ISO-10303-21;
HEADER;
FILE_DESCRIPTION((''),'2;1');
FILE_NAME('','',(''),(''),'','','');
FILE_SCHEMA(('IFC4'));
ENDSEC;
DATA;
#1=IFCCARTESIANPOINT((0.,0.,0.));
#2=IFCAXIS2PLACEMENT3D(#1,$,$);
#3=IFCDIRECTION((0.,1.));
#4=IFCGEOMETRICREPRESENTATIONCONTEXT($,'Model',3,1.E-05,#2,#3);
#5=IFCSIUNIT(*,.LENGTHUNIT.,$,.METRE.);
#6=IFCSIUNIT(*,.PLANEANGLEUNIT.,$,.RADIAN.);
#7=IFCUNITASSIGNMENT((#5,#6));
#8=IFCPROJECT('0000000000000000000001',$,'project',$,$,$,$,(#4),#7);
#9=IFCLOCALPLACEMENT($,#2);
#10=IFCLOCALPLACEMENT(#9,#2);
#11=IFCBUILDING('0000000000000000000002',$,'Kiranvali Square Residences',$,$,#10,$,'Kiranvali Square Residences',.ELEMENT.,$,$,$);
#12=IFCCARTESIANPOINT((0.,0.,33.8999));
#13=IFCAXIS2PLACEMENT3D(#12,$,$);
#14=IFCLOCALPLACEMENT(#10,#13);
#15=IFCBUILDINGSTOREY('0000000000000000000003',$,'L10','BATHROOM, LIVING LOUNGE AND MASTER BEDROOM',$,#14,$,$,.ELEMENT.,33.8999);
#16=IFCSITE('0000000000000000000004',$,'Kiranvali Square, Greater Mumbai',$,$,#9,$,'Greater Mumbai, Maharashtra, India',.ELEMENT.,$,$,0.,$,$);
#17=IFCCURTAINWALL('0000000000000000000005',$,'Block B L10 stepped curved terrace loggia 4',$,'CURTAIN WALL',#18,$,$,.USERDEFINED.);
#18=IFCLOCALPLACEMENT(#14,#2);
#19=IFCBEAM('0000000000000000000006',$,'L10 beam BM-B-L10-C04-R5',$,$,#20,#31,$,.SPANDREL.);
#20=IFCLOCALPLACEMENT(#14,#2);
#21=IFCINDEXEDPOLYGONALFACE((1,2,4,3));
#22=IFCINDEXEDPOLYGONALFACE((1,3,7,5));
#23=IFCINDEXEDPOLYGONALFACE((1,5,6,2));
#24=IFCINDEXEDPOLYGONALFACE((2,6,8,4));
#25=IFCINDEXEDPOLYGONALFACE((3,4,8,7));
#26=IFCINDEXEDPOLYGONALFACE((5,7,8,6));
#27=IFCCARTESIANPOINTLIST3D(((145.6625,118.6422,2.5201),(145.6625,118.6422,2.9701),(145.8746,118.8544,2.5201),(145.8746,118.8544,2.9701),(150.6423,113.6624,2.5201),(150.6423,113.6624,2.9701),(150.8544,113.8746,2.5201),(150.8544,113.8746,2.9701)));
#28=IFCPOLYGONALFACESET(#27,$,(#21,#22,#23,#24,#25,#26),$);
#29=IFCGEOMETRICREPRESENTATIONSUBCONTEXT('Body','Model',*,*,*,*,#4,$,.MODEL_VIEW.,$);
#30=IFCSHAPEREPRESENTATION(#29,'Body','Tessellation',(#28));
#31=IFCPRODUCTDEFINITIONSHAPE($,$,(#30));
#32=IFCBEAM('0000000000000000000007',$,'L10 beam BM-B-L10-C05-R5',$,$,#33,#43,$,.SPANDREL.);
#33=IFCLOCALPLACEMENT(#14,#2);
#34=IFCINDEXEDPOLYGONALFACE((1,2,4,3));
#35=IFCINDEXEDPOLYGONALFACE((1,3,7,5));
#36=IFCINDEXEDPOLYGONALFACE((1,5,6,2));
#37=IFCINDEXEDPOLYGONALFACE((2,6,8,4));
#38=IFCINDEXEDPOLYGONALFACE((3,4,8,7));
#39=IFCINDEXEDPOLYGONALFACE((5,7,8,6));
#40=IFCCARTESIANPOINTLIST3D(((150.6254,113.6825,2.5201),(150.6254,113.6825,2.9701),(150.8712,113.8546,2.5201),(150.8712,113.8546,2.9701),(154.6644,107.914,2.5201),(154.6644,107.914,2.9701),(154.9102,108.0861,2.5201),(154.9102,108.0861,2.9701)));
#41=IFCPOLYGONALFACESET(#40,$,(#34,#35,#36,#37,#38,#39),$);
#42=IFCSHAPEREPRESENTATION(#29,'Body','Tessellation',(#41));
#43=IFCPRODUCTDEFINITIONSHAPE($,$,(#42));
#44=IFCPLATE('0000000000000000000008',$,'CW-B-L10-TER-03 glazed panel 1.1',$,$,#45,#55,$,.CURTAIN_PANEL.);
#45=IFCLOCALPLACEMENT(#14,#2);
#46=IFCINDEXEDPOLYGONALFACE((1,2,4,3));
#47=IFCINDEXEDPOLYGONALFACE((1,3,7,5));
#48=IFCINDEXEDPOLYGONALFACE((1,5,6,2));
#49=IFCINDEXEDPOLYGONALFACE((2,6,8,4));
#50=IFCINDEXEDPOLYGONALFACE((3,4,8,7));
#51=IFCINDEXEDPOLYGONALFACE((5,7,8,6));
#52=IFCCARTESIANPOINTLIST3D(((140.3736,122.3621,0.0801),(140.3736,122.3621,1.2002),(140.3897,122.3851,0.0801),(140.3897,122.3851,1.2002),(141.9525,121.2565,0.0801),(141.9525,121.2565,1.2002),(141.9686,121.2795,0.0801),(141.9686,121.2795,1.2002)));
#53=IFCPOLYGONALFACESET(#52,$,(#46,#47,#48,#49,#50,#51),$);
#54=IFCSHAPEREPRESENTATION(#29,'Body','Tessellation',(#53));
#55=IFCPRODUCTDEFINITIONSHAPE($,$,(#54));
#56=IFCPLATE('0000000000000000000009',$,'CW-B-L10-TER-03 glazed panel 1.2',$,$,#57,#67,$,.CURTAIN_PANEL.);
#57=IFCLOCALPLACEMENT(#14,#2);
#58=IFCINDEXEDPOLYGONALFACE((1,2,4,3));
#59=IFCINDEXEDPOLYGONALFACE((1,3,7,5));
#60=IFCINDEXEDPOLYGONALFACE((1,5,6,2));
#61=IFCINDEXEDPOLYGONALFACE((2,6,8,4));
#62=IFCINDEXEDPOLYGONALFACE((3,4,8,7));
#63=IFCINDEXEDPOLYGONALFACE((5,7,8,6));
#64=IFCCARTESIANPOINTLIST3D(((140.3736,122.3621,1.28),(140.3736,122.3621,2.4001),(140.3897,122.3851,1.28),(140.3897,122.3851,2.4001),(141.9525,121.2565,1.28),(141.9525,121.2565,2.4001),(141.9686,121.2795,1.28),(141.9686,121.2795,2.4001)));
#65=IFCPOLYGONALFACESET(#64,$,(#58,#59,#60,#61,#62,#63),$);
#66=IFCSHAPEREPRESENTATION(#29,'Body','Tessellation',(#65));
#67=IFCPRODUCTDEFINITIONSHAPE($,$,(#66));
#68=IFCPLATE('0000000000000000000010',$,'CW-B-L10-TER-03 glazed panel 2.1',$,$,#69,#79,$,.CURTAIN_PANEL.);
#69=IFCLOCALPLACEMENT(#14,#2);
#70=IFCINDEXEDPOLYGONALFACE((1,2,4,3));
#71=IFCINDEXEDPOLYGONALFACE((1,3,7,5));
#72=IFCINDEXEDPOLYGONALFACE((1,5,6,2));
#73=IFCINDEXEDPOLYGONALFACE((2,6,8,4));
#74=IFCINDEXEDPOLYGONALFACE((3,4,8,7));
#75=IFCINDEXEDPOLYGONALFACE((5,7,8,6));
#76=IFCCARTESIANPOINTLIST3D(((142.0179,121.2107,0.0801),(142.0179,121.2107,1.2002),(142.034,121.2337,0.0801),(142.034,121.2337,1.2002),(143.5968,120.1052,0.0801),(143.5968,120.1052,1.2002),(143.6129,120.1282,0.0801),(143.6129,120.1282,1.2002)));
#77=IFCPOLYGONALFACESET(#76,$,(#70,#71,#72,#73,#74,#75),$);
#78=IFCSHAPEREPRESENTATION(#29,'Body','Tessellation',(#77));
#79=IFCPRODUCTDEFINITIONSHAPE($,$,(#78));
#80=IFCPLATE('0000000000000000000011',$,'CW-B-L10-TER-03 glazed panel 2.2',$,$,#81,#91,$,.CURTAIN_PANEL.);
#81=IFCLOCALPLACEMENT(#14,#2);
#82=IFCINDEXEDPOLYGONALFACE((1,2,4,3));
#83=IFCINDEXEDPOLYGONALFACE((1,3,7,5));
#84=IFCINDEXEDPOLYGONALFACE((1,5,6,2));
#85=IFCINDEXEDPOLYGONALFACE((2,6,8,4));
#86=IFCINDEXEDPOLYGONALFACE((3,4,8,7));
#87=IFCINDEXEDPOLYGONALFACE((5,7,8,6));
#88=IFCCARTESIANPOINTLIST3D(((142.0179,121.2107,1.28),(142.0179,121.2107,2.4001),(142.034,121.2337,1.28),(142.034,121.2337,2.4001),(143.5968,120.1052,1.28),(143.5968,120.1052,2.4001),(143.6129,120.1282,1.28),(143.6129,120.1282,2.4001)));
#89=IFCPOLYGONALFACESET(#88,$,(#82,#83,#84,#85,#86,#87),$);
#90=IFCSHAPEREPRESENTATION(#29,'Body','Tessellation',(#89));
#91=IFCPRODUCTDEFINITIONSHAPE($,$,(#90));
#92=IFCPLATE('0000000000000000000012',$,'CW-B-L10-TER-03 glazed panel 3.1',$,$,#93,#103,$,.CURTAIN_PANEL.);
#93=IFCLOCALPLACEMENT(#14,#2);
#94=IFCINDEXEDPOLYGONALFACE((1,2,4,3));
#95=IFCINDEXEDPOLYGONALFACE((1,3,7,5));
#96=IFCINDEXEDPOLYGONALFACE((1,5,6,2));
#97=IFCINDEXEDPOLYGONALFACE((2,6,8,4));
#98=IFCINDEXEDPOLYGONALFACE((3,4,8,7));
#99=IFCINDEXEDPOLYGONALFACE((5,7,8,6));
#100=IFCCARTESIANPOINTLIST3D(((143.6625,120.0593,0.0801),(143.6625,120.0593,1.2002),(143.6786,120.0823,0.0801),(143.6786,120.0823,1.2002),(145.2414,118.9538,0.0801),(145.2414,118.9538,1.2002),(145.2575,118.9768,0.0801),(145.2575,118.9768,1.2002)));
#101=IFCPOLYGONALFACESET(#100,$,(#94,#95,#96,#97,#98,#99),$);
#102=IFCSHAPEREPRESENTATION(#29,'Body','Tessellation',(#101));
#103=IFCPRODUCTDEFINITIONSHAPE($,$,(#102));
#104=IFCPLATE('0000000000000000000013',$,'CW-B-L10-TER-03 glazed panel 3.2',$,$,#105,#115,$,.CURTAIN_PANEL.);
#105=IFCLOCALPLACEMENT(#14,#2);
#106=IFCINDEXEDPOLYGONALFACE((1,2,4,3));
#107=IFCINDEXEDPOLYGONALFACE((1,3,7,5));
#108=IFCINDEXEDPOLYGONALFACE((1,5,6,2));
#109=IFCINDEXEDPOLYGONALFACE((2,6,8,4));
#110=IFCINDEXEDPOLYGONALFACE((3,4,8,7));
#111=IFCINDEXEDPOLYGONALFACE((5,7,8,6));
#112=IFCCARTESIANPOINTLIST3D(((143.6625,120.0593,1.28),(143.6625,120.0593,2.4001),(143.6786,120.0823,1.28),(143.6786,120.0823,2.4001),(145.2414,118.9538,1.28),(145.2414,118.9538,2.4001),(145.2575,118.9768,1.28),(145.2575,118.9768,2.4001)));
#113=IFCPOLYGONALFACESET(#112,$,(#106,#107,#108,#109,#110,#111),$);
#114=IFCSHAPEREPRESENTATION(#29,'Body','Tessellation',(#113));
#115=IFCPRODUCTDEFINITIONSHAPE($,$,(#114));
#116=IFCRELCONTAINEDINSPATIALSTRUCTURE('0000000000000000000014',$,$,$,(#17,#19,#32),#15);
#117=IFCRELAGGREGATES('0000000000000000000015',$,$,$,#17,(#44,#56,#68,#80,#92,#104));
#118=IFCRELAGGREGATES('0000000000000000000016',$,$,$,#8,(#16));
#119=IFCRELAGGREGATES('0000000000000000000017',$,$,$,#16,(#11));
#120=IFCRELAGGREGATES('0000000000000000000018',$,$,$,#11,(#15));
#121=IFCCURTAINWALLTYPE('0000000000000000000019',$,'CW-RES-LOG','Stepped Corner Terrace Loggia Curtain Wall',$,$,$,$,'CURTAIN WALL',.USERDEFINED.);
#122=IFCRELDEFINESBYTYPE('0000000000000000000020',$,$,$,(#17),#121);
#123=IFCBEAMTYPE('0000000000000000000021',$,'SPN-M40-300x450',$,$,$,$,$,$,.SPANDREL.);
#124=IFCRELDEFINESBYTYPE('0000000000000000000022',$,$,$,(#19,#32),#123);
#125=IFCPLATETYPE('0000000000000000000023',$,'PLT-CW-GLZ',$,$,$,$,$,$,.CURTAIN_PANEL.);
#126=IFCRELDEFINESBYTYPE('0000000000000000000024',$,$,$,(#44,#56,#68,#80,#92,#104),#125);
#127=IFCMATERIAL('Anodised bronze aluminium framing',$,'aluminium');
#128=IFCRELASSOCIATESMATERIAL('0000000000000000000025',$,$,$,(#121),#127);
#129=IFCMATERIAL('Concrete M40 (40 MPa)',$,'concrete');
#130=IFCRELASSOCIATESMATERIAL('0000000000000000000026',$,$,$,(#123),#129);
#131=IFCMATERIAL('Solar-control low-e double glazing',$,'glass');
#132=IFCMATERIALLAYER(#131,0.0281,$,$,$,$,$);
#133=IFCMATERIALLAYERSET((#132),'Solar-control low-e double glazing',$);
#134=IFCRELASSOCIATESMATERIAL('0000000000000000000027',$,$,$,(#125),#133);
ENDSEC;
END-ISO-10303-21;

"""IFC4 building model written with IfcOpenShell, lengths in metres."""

from ifc_helpers import new_model, si_unit, direction, frame, origin, origin_2d, place, context, subcontext, project, spatial, rectangle, extrude, material, layer, layer_set, material_profile, profile_set, type_object, element, aggregate, save


model = new_model("IFC4")

# Units and contexts
model_context = context("Model", 3, precision=1e-05, world=origin(), true_north=direction((0.0, 1.0)))
body_context = subcontext(model_context, "Body", "Model", "MODEL_VIEW")
ifc_project = project(units=[si_unit("LENGTHUNIT", "METRE"), si_unit("PLANEANGLEUNIT", "RADIAN")], contexts=[model_context])

# Site, building, storey
site_placement = place(None, origin())
site = spatial("IfcSite", under=ifc_project, at=site_placement, Name="Kiranvali Square, Greater Mumbai", LongName="Greater Mumbai, Maharashtra, India", CompositionType="ELEMENT", RefElevation=0.0)
building_placement = place(site_placement, origin())
building = spatial("IfcBuilding", under=site, at=building_placement, Name="Kiranvali Square Residences", LongName="Kiranvali Square Residences", CompositionType="ELEMENT")
storey_placement = place(building_placement, frame((0.0, 0.0, 33.8999)))
storey = spatial("IfcBuildingStorey", under=building, at=storey_placement, Name="L10", Description="BATHROOM, LIVING LOUNGE AND MASTER BEDROOM", CompositionType="ELEMENT", Elevation=33.8999)

# Shared definitions
ifc_material_1 = material(Name="Concrete M40 (40 MPa)", Category="concrete")

# Curtain wall
ifc_material_2 = material(Name="Anodised bronze aluminium framing", Category="aluminium")
curtain_wall_type = type_object("IfcCurtainWallType", Name="CW-RES-LOG", Description="Stepped Corner Terrace Loggia Curtain Wall", ElementType="CURTAIN WALL", PredefinedType="USERDEFINED", material=ifc_material_2)
curtain_wall_1_placement = place(storey_placement, origin())
curtain_wall_1 = element("IfcCurtainWall", 1, at=curtain_wall_1_placement, inside=storey, type_object=curtain_wall_type, Name="Block B L10 stepped curved terrace loggia 4", ObjectType="CURTAIN WALL", PredefinedType="USERDEFINED")

# Beams
ifc_material_profile_1 = material_profile(ifc_material_1, rectangle(XDim=0.3, YDim=0.45, at=origin_2d()), Name="RC 300x450")
ifc_profile_set_1 = profile_set([ifc_material_profile_1], Name="Concrete M40 (40 MPa)")
beam_type_1 = type_object("IfcBeamType", Name="SPN-M40-300x450", PredefinedType="SPANDREL", material=ifc_profile_set_1)
beam_1_placement = place(storey_placement, frame((145.7686, 118.7483, 2.7451), z_axis=(0.707107, -0.707107, 0.0), x_axis=(0.707107, 0.707107, 0.0)))
element("IfcBeam", 2, at=beam_1_placement, inside=storey, type_object=beam_type_1, Name="L10 beam BM-B-L10-C04-R5", PredefinedType="SPANDREL", context=body_context, shape_type="SweptSolid", body=[
    extrude(rectangle(XDim=0.3, YDim=0.45, at=origin_2d()), origin(), (0.0, 0.0, 1.0), 7.0425),
])
beam_2_placement = place(storey_placement, frame((150.7483, 113.7686, 2.7451), z_axis=(0.573565, -0.81916, 0.0), x_axis=(0.81916, 0.573565, 0.0)))
element("IfcBeam", 3, at=beam_2_placement, inside=storey, type_object=beam_type_1, Name="L10 beam BM-B-L10-C05-R5", PredefinedType="SPANDREL", context=body_context, shape_type="SweptSolid", body=[
    extrude(rectangle(XDim=0.3, YDim=0.45, at=origin_2d()), origin(), (0.0, 0.0, 1.0), 7.042),
])

# Plates
ifc_material_3 = material(Name="Solar-control low-e double glazing", Category="glass")
ifc_layer_1 = layer(ifc_material_3, 0.0281)
ifc_layer_set_1 = layer_set([ifc_layer_1], Name="Solar-control low-e double glazing")
plate_type = type_object("IfcPlateType", Name="PLT-CW-GLZ", PredefinedType="CURTAIN_PANEL", material=ifc_layer_set_1)
plate_1_placement = place(storey_placement, frame((141.1711, 121.8208, 0.0801), z_axis=(0.0, 0.0, 1.0), x_axis=(0.819152, -0.573576, 0.0)))
plate_1 = element("IfcPlate", 4, at=plate_1_placement, type_object=plate_type, Name="CW-B-L10-TER-03 glazed panel 1.1", PredefinedType="CURTAIN_PANEL", context=body_context, shape_type="SweptSolid", body=[
    extrude(rectangle(XDim=1.9275, YDim=0.0281, at=origin_2d()), origin(), (0.0, 0.0, 1.0), 1.1201),
])
plate_2_placement = place(storey_placement, frame((141.1711, 121.8208, 1.28), z_axis=(0.0, 0.0, 1.0), x_axis=(0.819152, -0.573576, 0.0)))
plate_2 = element("IfcPlate", 5, at=plate_2_placement, type_object=plate_type, Name="CW-B-L10-TER-03 glazed panel 1.2", PredefinedType="CURTAIN_PANEL", context=body_context, shape_type="SweptSolid", body=[
    extrude(rectangle(XDim=1.9275, YDim=0.0281, at=origin_2d()), origin(), (0.0, 0.0, 1.0), 1.1201),
])
plate_3_placement = place(storey_placement, frame((142.8154, 120.6694, 0.0801), z_axis=(0.0, 0.0, 1.0), x_axis=(0.819152, -0.573576, 0.0)))
plate_3 = element("IfcPlate", 6, at=plate_3_placement, type_object=plate_type, Name="CW-B-L10-TER-03 glazed panel 2.1", PredefinedType="CURTAIN_PANEL", context=body_context, shape_type="SweptSolid", body=[
    extrude(rectangle(XDim=1.9275, YDim=0.0281, at=origin_2d()), origin(), (0.0, 0.0, 1.0), 1.1201),
])
plate_4_placement = place(storey_placement, frame((142.8154, 120.6694, 1.28), z_axis=(0.0, 0.0, 1.0), x_axis=(0.819152, -0.573576, 0.0)))
plate_4 = element("IfcPlate", 7, at=plate_4_placement, type_object=plate_type, Name="CW-B-L10-TER-03 glazed panel 2.2", PredefinedType="CURTAIN_PANEL", context=body_context, shape_type="SweptSolid", body=[
    extrude(rectangle(XDim=1.9275, YDim=0.0281, at=origin_2d()), origin(), (0.0, 0.0, 1.0), 1.1201),
])
plate_5_placement = place(storey_placement, frame((144.46, 119.5181, 0.0801), z_axis=(0.0, 0.0, 1.0), x_axis=(0.819152, -0.573576, 0.0)))
plate_5 = element("IfcPlate", 8, at=plate_5_placement, type_object=plate_type, Name="CW-B-L10-TER-03 glazed panel 3.1", PredefinedType="CURTAIN_PANEL", context=body_context, shape_type="SweptSolid", body=[
    extrude(rectangle(XDim=1.9275, YDim=0.0281, at=origin_2d()), origin(), (0.0, 0.0, 1.0), 1.1201),
])
plate_6_placement = place(storey_placement, frame((144.46, 119.5181, 1.28), z_axis=(0.0, 0.0, 1.0), x_axis=(0.819152, -0.573576, 0.0)))
plate_6 = element("IfcPlate", 9, at=plate_6_placement, type_object=plate_type, Name="CW-B-L10-TER-03 glazed panel 3.2", PredefinedType="CURTAIN_PANEL", context=body_context, shape_type="SweptSolid", body=[
    extrude(rectangle(XDim=1.9275, YDim=0.0281, at=origin_2d()), origin(), (0.0, 0.0, 1.0), 1.1201),
])
aggregate(curtain_wall_1, [plate_1, plate_2, plate_3, plate_4, plate_5, plate_6])

save(model, "model.ifc")
